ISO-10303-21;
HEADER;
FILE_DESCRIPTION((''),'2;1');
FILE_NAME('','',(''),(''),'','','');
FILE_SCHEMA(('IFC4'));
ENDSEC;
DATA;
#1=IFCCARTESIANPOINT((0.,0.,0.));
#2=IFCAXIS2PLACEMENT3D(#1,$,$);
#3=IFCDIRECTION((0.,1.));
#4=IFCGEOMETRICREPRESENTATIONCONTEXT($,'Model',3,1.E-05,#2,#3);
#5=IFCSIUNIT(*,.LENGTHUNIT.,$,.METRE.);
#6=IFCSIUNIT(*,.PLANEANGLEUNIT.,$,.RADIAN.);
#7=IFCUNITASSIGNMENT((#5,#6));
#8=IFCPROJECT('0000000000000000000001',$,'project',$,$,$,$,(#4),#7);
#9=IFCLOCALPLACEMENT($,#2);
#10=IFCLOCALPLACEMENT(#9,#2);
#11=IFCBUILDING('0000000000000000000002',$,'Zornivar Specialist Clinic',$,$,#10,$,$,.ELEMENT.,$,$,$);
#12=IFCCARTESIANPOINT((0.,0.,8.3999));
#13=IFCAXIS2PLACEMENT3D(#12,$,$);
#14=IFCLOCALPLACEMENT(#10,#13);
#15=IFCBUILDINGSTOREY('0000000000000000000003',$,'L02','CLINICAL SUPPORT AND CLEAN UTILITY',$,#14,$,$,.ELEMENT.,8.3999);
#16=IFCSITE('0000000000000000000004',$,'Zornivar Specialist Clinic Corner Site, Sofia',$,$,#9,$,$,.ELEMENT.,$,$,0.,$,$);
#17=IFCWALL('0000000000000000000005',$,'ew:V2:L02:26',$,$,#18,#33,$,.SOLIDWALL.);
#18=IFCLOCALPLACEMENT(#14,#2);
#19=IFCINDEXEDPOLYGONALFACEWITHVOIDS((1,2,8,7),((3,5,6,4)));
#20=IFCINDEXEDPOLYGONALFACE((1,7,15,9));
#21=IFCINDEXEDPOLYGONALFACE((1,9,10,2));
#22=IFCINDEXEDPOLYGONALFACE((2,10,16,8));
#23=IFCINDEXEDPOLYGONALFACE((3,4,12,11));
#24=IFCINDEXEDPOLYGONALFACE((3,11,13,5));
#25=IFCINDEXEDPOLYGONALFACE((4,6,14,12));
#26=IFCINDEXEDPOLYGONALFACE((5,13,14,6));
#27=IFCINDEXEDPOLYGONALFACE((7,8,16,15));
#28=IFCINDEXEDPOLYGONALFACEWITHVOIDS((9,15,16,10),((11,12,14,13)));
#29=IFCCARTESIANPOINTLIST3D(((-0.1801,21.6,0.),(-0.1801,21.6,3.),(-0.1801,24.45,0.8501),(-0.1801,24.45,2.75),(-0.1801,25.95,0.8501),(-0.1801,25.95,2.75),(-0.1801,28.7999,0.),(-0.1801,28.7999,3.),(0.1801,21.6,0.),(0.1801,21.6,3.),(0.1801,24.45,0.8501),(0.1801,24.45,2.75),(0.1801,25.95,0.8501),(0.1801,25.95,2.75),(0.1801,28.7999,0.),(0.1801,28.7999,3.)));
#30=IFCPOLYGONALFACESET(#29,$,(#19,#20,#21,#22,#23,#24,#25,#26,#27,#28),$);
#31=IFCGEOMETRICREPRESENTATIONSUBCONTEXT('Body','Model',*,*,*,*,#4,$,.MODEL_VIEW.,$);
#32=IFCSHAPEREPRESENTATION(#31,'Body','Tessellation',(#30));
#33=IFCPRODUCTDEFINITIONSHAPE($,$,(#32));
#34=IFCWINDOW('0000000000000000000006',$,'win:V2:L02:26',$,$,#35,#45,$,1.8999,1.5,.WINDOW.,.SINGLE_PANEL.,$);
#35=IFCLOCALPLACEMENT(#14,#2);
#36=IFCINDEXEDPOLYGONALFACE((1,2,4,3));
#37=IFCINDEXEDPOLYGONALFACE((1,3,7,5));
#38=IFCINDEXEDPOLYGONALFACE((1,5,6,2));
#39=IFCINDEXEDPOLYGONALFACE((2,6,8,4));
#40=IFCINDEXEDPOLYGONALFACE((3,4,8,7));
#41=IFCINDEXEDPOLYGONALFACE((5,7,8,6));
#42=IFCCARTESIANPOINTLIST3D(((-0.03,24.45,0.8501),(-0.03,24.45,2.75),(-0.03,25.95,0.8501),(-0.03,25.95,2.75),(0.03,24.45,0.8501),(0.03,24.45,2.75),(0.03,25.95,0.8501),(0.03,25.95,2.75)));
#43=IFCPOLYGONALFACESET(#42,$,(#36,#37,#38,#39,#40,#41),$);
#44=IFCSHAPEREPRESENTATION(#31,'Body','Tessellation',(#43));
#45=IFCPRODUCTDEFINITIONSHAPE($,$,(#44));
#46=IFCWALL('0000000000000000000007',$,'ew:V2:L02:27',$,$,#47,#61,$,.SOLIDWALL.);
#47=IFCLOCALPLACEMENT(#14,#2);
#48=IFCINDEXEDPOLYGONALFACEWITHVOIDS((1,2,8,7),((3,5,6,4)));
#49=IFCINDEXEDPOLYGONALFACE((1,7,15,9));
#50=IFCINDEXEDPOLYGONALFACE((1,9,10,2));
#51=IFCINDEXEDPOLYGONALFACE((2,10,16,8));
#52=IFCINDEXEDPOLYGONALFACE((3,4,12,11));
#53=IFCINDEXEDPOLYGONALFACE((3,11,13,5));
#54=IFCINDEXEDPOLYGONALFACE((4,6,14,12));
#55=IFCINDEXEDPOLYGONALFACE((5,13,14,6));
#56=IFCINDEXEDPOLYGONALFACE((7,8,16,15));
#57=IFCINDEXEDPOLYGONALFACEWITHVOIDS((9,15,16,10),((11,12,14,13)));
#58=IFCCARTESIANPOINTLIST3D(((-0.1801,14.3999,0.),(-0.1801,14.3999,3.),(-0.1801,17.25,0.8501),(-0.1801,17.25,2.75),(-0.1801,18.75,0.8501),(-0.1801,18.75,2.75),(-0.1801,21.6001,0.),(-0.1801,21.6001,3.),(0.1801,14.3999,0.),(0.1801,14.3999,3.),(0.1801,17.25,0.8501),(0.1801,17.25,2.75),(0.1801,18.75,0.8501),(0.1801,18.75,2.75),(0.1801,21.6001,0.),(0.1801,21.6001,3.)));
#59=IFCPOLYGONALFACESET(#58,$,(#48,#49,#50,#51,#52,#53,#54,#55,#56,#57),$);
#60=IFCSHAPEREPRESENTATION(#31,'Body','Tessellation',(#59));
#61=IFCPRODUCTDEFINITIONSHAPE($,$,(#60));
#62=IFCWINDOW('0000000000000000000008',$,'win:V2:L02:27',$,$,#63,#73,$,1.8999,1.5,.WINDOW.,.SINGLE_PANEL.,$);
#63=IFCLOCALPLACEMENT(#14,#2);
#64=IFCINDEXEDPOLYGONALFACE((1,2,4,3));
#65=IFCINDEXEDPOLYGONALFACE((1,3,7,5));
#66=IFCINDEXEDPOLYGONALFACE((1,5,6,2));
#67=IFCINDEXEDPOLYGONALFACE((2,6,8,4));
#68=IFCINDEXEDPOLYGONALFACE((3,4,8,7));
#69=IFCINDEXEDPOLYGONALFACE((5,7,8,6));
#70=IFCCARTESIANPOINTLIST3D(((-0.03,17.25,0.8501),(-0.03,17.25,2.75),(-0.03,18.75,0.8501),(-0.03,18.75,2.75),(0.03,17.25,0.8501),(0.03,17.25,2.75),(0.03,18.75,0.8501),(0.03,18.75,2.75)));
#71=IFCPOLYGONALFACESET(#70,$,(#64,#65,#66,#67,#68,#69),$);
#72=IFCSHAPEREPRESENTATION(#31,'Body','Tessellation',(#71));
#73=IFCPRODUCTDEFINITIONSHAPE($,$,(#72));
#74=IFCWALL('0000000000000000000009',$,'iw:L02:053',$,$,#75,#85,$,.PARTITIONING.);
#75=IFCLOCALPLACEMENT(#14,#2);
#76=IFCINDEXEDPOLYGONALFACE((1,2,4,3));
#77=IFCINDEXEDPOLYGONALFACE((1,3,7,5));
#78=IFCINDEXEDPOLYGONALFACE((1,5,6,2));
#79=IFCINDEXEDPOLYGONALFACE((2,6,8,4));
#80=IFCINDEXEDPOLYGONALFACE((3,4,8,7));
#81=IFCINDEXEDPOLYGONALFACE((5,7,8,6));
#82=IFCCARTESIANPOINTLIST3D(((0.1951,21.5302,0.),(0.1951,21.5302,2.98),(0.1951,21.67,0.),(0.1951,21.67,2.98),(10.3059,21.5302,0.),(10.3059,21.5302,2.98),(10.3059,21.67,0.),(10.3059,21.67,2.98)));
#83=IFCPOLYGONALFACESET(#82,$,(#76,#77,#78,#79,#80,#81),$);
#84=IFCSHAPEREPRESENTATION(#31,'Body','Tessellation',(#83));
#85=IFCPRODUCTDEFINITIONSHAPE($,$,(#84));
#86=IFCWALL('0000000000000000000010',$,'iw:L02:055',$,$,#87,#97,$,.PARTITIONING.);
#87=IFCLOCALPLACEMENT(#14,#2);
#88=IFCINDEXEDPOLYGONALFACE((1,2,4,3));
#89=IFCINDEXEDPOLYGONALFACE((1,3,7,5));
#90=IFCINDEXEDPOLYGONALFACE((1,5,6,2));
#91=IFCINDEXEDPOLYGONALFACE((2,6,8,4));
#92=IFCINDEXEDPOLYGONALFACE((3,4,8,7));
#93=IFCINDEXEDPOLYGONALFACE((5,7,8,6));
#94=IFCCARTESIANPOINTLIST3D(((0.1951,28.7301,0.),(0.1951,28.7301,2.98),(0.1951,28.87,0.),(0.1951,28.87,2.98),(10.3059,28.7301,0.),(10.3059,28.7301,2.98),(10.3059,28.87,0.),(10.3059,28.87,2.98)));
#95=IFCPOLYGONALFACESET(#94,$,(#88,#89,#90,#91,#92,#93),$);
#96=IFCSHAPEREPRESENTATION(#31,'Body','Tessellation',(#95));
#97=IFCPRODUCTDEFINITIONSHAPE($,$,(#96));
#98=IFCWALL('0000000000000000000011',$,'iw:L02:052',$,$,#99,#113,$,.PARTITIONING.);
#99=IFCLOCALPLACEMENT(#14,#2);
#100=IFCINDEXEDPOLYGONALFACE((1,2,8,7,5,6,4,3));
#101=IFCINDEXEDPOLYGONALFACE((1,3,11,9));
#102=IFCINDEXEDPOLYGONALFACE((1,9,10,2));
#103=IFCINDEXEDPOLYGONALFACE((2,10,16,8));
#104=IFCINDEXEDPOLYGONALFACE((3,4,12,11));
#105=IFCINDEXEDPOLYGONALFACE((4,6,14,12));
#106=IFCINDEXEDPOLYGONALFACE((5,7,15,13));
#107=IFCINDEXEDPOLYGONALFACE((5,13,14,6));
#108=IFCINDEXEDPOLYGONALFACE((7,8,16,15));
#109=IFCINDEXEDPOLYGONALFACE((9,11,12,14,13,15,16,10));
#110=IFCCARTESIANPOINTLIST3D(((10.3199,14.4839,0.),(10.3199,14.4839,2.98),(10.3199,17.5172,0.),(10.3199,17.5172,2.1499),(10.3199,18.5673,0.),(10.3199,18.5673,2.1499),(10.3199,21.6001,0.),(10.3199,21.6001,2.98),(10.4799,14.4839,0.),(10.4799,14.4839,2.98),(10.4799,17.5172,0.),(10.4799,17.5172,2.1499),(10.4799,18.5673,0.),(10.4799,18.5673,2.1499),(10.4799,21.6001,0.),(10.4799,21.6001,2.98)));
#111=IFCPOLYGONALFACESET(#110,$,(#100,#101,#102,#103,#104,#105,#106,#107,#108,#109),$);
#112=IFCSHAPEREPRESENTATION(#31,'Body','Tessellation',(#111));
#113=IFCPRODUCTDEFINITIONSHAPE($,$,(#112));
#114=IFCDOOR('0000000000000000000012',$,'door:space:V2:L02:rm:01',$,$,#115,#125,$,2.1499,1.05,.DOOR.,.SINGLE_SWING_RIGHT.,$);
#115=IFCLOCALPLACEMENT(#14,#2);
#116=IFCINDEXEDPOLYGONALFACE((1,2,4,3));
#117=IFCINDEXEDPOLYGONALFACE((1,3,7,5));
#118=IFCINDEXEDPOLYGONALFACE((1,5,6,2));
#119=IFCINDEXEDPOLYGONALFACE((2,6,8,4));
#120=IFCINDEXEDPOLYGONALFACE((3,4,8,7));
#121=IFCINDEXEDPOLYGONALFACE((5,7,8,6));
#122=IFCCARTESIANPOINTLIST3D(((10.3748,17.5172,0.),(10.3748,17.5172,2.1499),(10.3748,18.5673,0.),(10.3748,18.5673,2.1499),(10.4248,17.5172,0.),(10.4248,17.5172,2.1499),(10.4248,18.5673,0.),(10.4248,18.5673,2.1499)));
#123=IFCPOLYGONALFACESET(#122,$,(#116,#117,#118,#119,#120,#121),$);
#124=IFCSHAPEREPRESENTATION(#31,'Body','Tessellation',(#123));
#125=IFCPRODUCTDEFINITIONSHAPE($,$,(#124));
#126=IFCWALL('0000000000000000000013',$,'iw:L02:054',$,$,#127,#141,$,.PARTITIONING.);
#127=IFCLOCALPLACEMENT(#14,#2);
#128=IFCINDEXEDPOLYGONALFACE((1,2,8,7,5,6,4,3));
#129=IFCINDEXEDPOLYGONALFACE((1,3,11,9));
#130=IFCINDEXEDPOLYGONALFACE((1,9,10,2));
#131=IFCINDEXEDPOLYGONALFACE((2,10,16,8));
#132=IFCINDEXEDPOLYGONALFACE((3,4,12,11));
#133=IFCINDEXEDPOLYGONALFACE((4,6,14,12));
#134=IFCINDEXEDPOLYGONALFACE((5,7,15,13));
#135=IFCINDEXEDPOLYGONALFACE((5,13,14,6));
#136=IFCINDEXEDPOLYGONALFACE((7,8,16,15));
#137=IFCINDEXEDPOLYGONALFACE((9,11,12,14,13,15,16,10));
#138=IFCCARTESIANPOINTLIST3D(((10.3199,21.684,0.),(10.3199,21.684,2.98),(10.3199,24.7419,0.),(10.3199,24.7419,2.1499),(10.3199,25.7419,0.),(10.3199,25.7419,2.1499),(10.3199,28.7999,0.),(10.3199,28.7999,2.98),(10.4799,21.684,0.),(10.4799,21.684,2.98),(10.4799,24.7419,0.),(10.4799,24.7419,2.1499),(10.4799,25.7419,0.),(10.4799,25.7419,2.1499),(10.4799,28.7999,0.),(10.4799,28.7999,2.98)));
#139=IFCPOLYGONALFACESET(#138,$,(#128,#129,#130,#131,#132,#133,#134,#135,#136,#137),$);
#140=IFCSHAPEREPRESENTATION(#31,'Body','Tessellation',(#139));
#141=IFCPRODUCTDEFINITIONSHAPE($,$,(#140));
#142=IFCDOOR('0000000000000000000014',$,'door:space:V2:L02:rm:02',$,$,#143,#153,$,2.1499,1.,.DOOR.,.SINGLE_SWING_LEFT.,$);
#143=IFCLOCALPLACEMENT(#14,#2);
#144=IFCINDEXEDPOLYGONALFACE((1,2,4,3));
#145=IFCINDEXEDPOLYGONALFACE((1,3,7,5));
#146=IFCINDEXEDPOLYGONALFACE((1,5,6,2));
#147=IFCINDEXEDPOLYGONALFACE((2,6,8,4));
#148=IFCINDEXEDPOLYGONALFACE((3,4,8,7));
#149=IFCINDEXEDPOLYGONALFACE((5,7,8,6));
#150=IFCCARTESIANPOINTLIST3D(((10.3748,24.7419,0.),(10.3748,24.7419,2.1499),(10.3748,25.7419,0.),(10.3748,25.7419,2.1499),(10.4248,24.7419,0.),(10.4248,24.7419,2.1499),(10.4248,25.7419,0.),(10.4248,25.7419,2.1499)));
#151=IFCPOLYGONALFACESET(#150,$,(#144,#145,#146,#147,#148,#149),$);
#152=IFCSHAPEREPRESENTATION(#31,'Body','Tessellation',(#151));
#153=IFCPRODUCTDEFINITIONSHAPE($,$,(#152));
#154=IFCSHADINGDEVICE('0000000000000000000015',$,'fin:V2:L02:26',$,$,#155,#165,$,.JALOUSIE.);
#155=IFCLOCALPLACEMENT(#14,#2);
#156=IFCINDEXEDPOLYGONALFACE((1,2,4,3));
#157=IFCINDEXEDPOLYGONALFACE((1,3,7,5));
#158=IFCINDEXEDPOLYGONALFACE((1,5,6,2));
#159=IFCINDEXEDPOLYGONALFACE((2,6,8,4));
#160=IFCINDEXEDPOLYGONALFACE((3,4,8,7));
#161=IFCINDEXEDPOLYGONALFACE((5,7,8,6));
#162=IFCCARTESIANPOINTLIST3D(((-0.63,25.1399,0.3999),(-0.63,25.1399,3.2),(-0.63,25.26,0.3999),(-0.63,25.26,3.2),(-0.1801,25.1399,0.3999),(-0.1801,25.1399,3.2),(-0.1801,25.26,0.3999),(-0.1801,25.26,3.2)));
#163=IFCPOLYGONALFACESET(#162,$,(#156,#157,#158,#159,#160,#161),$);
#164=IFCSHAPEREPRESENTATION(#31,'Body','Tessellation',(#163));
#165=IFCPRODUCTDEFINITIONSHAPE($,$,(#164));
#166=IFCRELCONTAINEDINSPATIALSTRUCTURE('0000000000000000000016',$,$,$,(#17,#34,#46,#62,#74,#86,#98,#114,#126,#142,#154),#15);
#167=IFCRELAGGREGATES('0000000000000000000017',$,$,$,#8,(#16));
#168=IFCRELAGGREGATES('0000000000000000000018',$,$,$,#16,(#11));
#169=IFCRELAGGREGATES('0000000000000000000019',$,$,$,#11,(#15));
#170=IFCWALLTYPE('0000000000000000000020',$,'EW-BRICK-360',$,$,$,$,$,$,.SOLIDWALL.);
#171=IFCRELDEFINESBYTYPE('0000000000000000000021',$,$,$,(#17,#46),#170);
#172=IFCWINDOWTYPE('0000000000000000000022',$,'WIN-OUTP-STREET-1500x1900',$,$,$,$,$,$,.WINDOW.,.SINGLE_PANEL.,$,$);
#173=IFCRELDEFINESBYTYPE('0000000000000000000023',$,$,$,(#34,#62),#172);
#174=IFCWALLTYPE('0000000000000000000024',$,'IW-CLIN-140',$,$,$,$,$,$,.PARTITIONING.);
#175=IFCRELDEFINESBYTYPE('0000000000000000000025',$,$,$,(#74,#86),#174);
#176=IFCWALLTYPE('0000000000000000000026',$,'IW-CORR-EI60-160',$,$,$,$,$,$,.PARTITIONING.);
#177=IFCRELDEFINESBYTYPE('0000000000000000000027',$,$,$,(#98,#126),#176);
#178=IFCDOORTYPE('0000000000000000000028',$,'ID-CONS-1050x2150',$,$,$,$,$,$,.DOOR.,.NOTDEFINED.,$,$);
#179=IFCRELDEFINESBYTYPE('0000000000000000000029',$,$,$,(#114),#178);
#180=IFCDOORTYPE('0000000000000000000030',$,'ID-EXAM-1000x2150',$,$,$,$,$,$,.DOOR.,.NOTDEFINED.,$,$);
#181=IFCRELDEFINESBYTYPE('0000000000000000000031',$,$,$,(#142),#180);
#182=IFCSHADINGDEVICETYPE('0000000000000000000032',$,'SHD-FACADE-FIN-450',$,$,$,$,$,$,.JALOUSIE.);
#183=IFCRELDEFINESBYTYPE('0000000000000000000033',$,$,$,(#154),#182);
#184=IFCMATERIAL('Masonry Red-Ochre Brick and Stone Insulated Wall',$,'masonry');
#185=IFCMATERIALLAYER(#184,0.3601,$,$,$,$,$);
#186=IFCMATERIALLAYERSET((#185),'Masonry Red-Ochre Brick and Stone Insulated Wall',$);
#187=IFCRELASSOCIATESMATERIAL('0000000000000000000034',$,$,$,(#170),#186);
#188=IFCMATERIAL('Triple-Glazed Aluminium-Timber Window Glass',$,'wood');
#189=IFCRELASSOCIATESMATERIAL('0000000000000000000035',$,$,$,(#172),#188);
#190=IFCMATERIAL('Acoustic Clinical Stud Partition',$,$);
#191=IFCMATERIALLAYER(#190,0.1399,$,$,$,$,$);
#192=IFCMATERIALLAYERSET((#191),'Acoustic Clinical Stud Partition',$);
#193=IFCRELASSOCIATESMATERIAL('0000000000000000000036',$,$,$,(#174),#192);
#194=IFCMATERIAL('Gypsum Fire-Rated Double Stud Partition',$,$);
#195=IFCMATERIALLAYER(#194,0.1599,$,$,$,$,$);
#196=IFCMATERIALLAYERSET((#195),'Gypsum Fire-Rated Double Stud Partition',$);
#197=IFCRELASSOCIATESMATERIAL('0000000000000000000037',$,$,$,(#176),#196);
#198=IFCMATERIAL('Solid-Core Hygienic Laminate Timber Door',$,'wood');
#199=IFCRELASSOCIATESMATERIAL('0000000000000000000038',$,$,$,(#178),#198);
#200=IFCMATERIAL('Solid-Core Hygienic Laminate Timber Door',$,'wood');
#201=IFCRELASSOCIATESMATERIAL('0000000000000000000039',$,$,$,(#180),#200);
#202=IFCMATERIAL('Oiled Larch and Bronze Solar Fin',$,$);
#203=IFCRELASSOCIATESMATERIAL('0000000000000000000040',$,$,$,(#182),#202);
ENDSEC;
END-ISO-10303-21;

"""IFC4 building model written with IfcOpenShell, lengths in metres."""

from ifc_helpers import new_model, si_unit, direction, frame, frame_2d, origin, origin_2d, place, context, subcontext, project, spatial, rectangle, extrude, material, layer, layer_set, type_object, element, fill, save


model = new_model("IFC4")

# Units and contexts
model_context = context("Model", 3, precision=1e-05, world=origin(), true_north=direction((0.0, 1.0)))
body_context = subcontext(model_context, "Body", "Model", "MODEL_VIEW")
ifc_project = project(units=[si_unit("LENGTHUNIT", "METRE"), si_unit("PLANEANGLEUNIT", "RADIAN")], contexts=[model_context])

# Site, building, storey
site_placement = place(None, origin())
site = spatial("IfcSite", under=ifc_project, at=site_placement, Name="Zornivar Specialist Clinic Corner Site, Sofia", CompositionType="ELEMENT", RefElevation=0.0)
building_placement = place(site_placement, origin())
building = spatial("IfcBuilding", under=site, at=building_placement, Name="Zornivar Specialist Clinic", CompositionType="ELEMENT")
storey_placement = place(building_placement, frame((0.0, 0.0, 8.3999)))
storey = spatial("IfcBuildingStorey", under=building, at=storey_placement, Name="L02", Description="CLINICAL SUPPORT AND CLEAN UTILITY", CompositionType="ELEMENT", Elevation=8.3999)

# Walls, openings, windows
ifc_material_1 = material(Name="Masonry Red-Ochre Brick and Stone Insulated Wall", Category="masonry")
ifc_layer_1 = layer(ifc_material_1, 0.3601)
ifc_layer_set_1 = layer_set([ifc_layer_1], Name="Masonry Red-Ochre Brick and Stone Insulated Wall")
wall_type_1 = type_object("IfcWallType", Name="EW-BRICK-360", PredefinedType="SOLIDWALL", material=ifc_layer_set_1)
wall_1_placement = place(storey_placement, frame((0.0, 28.8, 0.0), z_axis=(0.0, 0.0, 1.0), x_axis=(0.0, -1.0, 0.0)))
wall_1 = element("IfcWall", 1, at=wall_1_placement, inside=storey, type_object=wall_type_1, Name="ew:V2:L02:26", PredefinedType="SOLIDWALL", context=body_context, shape_type="SweptSolid", body=[
    extrude(rectangle(XDim=7.2, YDim=0.3601, at=frame_2d((3.6001, 0.0))), origin(), (0.0, 0.0, 1.0), 3.0),
])
opening_1_placement = place(wall_1_placement, frame((2.8501, 0.0, 0.8501)))
opening_1 = element("IfcOpeningElement", 2, at=opening_1_placement, cuts=wall_1, PredefinedType="OPENING", context=body_context, shape_type="SweptSolid", body=[
    extrude(rectangle(XDim=1.5, YDim=1.8999, at=frame_2d((0.75, 0.95))), frame((0.0, 0.1899, 0.0), z_axis=(0.0, -1.0, 0.0), x_axis=(1.0, 0.0, 0.0)), (0.0, 0.0, 1.0), 0.3801),
])
ifc_material_2 = material(Name="Triple-Glazed Aluminium-Timber Window Glass", Category="wood")
window_type = type_object("IfcWindowType", Name="WIN-OUTP-STREET-1500x1900", PartitioningType="SINGLE_PANEL", PredefinedType="WINDOW", material=ifc_material_2)
window_1_placement = place(opening_1_placement, origin())
window_1 = element("IfcWindow", 3, at=window_1_placement, inside=storey, type_object=window_type, Name="win:V2:L02:26", OverallHeight=1.8999, OverallWidth=1.5, PartitioningType="SINGLE_PANEL", PredefinedType="WINDOW", context=body_context, shape_type="SweptSolid", body=[
    extrude(rectangle(XDim=1.5, YDim=1.8999, at=frame_2d((0.75, 0.95))), frame((0.0, 0.03, 0.0), z_axis=(0.0, -1.0, 0.0), x_axis=(1.0, 0.0, 0.0)), (0.0, 0.0, 1.0), 0.0601),
])
fill(opening_1, window_1)
wall_2_placement = place(storey_placement, frame((0.0, 21.6001, 0.0), z_axis=(0.0, 0.0, 1.0), x_axis=(0.0, -1.0, 0.0)))
wall_2 = element("IfcWall", 4, at=wall_2_placement, inside=storey, type_object=wall_type_1, Name="ew:V2:L02:27", PredefinedType="SOLIDWALL", context=body_context, shape_type="SweptSolid", body=[
    extrude(rectangle(XDim=7.2002, YDim=0.3601, at=frame_2d((3.6001, 0.0))), origin(), (0.0, 0.0, 1.0), 3.0),
])
opening_2_placement = place(wall_2_placement, frame((2.8501, 0.0, 0.8501)))
opening_2 = element("IfcOpeningElement", 5, at=opening_2_placement, cuts=wall_2, PredefinedType="OPENING", context=body_context, shape_type="SweptSolid", body=[
    extrude(rectangle(XDim=1.5, YDim=1.8999, at=frame_2d((0.75, 0.95))), frame((0.0, 0.1899, 0.0), z_axis=(0.0, -1.0, 0.0), x_axis=(1.0, 0.0, 0.0)), (0.0, 0.0, 1.0), 0.3801),
])
window_2_placement = place(opening_2_placement, origin())
window_2 = element("IfcWindow", 6, at=window_2_placement, inside=storey, type_object=window_type, Name="win:V2:L02:27", OverallHeight=1.8999, OverallWidth=1.5, PartitioningType="SINGLE_PANEL", PredefinedType="WINDOW", context=body_context, shape_type="SweptSolid", body=[
    extrude(rectangle(XDim=1.5, YDim=1.8999, at=frame_2d((0.75, 0.95))), frame((0.0, 0.03, 0.0), z_axis=(0.0, -1.0, 0.0), x_axis=(1.0, 0.0, 0.0)), (0.0, 0.0, 1.0), 0.0601),
])
fill(opening_2, window_2)

# Walls
ifc_material_3 = material(Name="Acoustic Clinical Stud Partition")
ifc_layer_2 = layer(ifc_material_3, 0.1399)
ifc_layer_set_2 = layer_set([ifc_layer_2], Name="Acoustic Clinical Stud Partition")
wall_type_2 = type_object("IfcWallType", Name="IW-CLIN-140", PredefinedType="PARTITIONING", material=ifc_layer_set_2)
for number, where, z_axis, x_axis, name in (
    (7, (0.1951, 21.6001, 0.0), (0.0, 0.0, 1.0), (1.0, 0.0, 0.0), "iw:L02:053"),
    (8, (0.1951, 28.8, 0.0), (0.0, 0.0, 1.0), (1.0, 0.0, 0.0), "iw:L02:055"),
):
    element("IfcWall", number, at=place(storey_placement, frame(where, z_axis=z_axis, x_axis=x_axis)), inside=storey, type_object=wall_type_2, Name=name, PredefinedType="PARTITIONING", context=body_context, shape_type="SweptSolid", body=[
        extrude(rectangle(XDim=10.1108, YDim=0.1399, at=frame_2d((5.0554, 0.0))), origin(), (0.0, 0.0, 1.0), 2.98),
    ])

# Walls, openings, doors
ifc_material_4 = material(Name="Gypsum Fire-Rated Double Stud Partition")
ifc_layer_3 = layer(ifc_material_4, 0.1599)
ifc_layer_set_3 = layer_set([ifc_layer_3], Name="Gypsum Fire-Rated Double Stud Partition")
wall_type_3 = type_object("IfcWallType", Name="IW-CORR-EI60-160", PredefinedType="PARTITIONING", material=ifc_layer_set_3)
ifc_material_5 = material(Name="Solid-Core Hygienic Laminate Timber Door", Category="wood")
door_type_1 = type_object("IfcDoorType", Name="ID-CONS-1050x2150", OperationType="NOTDEFINED", PredefinedType="DOOR", material=ifc_material_5)
wall_3_placement = place(storey_placement, frame((10.3999, 21.6001, 0.0), z_axis=(0.0, 0.0, 1.0), x_axis=(0.0, -1.0, 0.0)))
wall_3 = element("IfcWall", 9, at=wall_3_placement, inside=storey, type_object=wall_type_3, Name="iw:L02:052", PredefinedType="PARTITIONING", context=body_context, shape_type="SweptSolid", body=[
    extrude(rectangle(XDim=7.1162, YDim=0.1599, at=frame_2d((3.5581, 0.0))), origin(), (0.0, 0.0, 1.0), 2.98),
])
opening_3_placement = place(wall_3_placement, frame((3.033, 0.0, 0.0)))
opening_3 = element("IfcOpeningElement", 10, at=opening_3_placement, cuts=wall_3, PredefinedType="OPENING", context=body_context, shape_type="SweptSolid", body=[
    extrude(rectangle(XDim=1.05, YDim=2.1499, at=frame_2d((0.5249, 1.075))), frame((0.0, 0.0898, 0.0), z_axis=(0.0, -1.0, 0.0), x_axis=(1.0, 0.0, 0.0)), (0.0, 0.0, 1.0), 0.1799),
])
door_1_placement = place(opening_3_placement, origin())
door_1 = element("IfcDoor", 11, at=door_1_placement, inside=storey, type_object=door_type_1, Name="door:space:V2:L02:rm:01", OperationType="SINGLE_SWING_RIGHT", OverallHeight=2.1499, OverallWidth=1.05, PredefinedType="DOOR", context=body_context, shape_type="SweptSolid", body=[
    extrude(rectangle(XDim=1.05, YDim=2.1499, at=frame_2d((0.5249, 1.075))), frame((0.0, 0.0249, 0.0), z_axis=(0.0, -1.0, 0.0), x_axis=(1.0, 0.0, 0.0)), (0.0, 0.0, 1.0), 0.05),
])
fill(opening_3, door_1)
wall_4_placement = place(storey_placement, frame((10.3999, 28.8, 0.0), z_axis=(0.0, 0.0, 1.0), x_axis=(0.0, -1.0, 0.0)))
wall_4 = element("IfcWall", 12, at=wall_4_placement, inside=storey, type_object=wall_type_3, Name="iw:L02:054", PredefinedType="PARTITIONING", context=body_context, shape_type="SweptSolid", body=[
    extrude(rectangle(XDim=7.116, YDim=0.1599, at=frame_2d((3.5581, 0.0))), origin(), (0.0, 0.0, 1.0), 2.98),
])
opening_4_placement = place(wall_4_placement, frame((3.0581, 0.0, 0.0)))
opening_4 = element("IfcOpeningElement", 13, at=opening_4_placement, cuts=wall_4, PredefinedType="OPENING", context=body_context, shape_type="SweptSolid", body=[
    extrude(rectangle(XDim=1.0, YDim=2.1499, at=frame_2d((0.5, 1.075))), frame((0.0, 0.0898, 0.0), z_axis=(0.0, -1.0, 0.0), x_axis=(1.0, 0.0, 0.0)), (0.0, 0.0, 1.0), 0.1799),
])
ifc_material_6 = material(Name="Solid-Core Hygienic Laminate Timber Door", Category="wood")
door_type_2 = type_object("IfcDoorType", Name="ID-EXAM-1000x2150", OperationType="NOTDEFINED", PredefinedType="DOOR", material=ifc_material_6)
door_2_placement = place(opening_4_placement, origin())
door_2 = element("IfcDoor", 14, at=door_2_placement, inside=storey, type_object=door_type_2, Name="door:space:V2:L02:rm:02", OperationType="SINGLE_SWING_LEFT", OverallHeight=2.1499, OverallWidth=1.0, PredefinedType="DOOR", context=body_context, shape_type="SweptSolid", body=[
    extrude(rectangle(XDim=1.0, YDim=2.1499, at=frame_2d((0.5, 1.075))), frame((0.0, 0.0249, 0.0), z_axis=(0.0, -1.0, 0.0), x_axis=(1.0, 0.0, 0.0)), (0.0, 0.0, 1.0), 0.05),
])
fill(opening_4, door_2)

# Shading device
ifc_material_7 = material(Name="Oiled Larch and Bronze Solar Fin")
shading_device_type = type_object("IfcShadingDeviceType", Name="SHD-FACADE-FIN-450", PredefinedType="JALOUSIE", material=ifc_material_7)
for number, where, z_axis, x_axis, name in (
    (15, (-0.405, 25.2, 0.3999), (0.0, 0.0, 1.0), (0.0, -1.0, 0.0), "fin:V2:L02:26"),
):
    element("IfcShadingDevice", number, at=place(storey_placement, frame(where, z_axis=z_axis, x_axis=x_axis)), inside=storey, type_object=shading_device_type, Name=name, PredefinedType="JALOUSIE", context=body_context, shape_type="SweptSolid", body=[
        extrude(rectangle(XDim=0.1201, YDim=0.45, at=origin_2d()), origin(), (0.0, 0.0, 1.0), 2.8),
    ])

save(model, "model.ifc")
